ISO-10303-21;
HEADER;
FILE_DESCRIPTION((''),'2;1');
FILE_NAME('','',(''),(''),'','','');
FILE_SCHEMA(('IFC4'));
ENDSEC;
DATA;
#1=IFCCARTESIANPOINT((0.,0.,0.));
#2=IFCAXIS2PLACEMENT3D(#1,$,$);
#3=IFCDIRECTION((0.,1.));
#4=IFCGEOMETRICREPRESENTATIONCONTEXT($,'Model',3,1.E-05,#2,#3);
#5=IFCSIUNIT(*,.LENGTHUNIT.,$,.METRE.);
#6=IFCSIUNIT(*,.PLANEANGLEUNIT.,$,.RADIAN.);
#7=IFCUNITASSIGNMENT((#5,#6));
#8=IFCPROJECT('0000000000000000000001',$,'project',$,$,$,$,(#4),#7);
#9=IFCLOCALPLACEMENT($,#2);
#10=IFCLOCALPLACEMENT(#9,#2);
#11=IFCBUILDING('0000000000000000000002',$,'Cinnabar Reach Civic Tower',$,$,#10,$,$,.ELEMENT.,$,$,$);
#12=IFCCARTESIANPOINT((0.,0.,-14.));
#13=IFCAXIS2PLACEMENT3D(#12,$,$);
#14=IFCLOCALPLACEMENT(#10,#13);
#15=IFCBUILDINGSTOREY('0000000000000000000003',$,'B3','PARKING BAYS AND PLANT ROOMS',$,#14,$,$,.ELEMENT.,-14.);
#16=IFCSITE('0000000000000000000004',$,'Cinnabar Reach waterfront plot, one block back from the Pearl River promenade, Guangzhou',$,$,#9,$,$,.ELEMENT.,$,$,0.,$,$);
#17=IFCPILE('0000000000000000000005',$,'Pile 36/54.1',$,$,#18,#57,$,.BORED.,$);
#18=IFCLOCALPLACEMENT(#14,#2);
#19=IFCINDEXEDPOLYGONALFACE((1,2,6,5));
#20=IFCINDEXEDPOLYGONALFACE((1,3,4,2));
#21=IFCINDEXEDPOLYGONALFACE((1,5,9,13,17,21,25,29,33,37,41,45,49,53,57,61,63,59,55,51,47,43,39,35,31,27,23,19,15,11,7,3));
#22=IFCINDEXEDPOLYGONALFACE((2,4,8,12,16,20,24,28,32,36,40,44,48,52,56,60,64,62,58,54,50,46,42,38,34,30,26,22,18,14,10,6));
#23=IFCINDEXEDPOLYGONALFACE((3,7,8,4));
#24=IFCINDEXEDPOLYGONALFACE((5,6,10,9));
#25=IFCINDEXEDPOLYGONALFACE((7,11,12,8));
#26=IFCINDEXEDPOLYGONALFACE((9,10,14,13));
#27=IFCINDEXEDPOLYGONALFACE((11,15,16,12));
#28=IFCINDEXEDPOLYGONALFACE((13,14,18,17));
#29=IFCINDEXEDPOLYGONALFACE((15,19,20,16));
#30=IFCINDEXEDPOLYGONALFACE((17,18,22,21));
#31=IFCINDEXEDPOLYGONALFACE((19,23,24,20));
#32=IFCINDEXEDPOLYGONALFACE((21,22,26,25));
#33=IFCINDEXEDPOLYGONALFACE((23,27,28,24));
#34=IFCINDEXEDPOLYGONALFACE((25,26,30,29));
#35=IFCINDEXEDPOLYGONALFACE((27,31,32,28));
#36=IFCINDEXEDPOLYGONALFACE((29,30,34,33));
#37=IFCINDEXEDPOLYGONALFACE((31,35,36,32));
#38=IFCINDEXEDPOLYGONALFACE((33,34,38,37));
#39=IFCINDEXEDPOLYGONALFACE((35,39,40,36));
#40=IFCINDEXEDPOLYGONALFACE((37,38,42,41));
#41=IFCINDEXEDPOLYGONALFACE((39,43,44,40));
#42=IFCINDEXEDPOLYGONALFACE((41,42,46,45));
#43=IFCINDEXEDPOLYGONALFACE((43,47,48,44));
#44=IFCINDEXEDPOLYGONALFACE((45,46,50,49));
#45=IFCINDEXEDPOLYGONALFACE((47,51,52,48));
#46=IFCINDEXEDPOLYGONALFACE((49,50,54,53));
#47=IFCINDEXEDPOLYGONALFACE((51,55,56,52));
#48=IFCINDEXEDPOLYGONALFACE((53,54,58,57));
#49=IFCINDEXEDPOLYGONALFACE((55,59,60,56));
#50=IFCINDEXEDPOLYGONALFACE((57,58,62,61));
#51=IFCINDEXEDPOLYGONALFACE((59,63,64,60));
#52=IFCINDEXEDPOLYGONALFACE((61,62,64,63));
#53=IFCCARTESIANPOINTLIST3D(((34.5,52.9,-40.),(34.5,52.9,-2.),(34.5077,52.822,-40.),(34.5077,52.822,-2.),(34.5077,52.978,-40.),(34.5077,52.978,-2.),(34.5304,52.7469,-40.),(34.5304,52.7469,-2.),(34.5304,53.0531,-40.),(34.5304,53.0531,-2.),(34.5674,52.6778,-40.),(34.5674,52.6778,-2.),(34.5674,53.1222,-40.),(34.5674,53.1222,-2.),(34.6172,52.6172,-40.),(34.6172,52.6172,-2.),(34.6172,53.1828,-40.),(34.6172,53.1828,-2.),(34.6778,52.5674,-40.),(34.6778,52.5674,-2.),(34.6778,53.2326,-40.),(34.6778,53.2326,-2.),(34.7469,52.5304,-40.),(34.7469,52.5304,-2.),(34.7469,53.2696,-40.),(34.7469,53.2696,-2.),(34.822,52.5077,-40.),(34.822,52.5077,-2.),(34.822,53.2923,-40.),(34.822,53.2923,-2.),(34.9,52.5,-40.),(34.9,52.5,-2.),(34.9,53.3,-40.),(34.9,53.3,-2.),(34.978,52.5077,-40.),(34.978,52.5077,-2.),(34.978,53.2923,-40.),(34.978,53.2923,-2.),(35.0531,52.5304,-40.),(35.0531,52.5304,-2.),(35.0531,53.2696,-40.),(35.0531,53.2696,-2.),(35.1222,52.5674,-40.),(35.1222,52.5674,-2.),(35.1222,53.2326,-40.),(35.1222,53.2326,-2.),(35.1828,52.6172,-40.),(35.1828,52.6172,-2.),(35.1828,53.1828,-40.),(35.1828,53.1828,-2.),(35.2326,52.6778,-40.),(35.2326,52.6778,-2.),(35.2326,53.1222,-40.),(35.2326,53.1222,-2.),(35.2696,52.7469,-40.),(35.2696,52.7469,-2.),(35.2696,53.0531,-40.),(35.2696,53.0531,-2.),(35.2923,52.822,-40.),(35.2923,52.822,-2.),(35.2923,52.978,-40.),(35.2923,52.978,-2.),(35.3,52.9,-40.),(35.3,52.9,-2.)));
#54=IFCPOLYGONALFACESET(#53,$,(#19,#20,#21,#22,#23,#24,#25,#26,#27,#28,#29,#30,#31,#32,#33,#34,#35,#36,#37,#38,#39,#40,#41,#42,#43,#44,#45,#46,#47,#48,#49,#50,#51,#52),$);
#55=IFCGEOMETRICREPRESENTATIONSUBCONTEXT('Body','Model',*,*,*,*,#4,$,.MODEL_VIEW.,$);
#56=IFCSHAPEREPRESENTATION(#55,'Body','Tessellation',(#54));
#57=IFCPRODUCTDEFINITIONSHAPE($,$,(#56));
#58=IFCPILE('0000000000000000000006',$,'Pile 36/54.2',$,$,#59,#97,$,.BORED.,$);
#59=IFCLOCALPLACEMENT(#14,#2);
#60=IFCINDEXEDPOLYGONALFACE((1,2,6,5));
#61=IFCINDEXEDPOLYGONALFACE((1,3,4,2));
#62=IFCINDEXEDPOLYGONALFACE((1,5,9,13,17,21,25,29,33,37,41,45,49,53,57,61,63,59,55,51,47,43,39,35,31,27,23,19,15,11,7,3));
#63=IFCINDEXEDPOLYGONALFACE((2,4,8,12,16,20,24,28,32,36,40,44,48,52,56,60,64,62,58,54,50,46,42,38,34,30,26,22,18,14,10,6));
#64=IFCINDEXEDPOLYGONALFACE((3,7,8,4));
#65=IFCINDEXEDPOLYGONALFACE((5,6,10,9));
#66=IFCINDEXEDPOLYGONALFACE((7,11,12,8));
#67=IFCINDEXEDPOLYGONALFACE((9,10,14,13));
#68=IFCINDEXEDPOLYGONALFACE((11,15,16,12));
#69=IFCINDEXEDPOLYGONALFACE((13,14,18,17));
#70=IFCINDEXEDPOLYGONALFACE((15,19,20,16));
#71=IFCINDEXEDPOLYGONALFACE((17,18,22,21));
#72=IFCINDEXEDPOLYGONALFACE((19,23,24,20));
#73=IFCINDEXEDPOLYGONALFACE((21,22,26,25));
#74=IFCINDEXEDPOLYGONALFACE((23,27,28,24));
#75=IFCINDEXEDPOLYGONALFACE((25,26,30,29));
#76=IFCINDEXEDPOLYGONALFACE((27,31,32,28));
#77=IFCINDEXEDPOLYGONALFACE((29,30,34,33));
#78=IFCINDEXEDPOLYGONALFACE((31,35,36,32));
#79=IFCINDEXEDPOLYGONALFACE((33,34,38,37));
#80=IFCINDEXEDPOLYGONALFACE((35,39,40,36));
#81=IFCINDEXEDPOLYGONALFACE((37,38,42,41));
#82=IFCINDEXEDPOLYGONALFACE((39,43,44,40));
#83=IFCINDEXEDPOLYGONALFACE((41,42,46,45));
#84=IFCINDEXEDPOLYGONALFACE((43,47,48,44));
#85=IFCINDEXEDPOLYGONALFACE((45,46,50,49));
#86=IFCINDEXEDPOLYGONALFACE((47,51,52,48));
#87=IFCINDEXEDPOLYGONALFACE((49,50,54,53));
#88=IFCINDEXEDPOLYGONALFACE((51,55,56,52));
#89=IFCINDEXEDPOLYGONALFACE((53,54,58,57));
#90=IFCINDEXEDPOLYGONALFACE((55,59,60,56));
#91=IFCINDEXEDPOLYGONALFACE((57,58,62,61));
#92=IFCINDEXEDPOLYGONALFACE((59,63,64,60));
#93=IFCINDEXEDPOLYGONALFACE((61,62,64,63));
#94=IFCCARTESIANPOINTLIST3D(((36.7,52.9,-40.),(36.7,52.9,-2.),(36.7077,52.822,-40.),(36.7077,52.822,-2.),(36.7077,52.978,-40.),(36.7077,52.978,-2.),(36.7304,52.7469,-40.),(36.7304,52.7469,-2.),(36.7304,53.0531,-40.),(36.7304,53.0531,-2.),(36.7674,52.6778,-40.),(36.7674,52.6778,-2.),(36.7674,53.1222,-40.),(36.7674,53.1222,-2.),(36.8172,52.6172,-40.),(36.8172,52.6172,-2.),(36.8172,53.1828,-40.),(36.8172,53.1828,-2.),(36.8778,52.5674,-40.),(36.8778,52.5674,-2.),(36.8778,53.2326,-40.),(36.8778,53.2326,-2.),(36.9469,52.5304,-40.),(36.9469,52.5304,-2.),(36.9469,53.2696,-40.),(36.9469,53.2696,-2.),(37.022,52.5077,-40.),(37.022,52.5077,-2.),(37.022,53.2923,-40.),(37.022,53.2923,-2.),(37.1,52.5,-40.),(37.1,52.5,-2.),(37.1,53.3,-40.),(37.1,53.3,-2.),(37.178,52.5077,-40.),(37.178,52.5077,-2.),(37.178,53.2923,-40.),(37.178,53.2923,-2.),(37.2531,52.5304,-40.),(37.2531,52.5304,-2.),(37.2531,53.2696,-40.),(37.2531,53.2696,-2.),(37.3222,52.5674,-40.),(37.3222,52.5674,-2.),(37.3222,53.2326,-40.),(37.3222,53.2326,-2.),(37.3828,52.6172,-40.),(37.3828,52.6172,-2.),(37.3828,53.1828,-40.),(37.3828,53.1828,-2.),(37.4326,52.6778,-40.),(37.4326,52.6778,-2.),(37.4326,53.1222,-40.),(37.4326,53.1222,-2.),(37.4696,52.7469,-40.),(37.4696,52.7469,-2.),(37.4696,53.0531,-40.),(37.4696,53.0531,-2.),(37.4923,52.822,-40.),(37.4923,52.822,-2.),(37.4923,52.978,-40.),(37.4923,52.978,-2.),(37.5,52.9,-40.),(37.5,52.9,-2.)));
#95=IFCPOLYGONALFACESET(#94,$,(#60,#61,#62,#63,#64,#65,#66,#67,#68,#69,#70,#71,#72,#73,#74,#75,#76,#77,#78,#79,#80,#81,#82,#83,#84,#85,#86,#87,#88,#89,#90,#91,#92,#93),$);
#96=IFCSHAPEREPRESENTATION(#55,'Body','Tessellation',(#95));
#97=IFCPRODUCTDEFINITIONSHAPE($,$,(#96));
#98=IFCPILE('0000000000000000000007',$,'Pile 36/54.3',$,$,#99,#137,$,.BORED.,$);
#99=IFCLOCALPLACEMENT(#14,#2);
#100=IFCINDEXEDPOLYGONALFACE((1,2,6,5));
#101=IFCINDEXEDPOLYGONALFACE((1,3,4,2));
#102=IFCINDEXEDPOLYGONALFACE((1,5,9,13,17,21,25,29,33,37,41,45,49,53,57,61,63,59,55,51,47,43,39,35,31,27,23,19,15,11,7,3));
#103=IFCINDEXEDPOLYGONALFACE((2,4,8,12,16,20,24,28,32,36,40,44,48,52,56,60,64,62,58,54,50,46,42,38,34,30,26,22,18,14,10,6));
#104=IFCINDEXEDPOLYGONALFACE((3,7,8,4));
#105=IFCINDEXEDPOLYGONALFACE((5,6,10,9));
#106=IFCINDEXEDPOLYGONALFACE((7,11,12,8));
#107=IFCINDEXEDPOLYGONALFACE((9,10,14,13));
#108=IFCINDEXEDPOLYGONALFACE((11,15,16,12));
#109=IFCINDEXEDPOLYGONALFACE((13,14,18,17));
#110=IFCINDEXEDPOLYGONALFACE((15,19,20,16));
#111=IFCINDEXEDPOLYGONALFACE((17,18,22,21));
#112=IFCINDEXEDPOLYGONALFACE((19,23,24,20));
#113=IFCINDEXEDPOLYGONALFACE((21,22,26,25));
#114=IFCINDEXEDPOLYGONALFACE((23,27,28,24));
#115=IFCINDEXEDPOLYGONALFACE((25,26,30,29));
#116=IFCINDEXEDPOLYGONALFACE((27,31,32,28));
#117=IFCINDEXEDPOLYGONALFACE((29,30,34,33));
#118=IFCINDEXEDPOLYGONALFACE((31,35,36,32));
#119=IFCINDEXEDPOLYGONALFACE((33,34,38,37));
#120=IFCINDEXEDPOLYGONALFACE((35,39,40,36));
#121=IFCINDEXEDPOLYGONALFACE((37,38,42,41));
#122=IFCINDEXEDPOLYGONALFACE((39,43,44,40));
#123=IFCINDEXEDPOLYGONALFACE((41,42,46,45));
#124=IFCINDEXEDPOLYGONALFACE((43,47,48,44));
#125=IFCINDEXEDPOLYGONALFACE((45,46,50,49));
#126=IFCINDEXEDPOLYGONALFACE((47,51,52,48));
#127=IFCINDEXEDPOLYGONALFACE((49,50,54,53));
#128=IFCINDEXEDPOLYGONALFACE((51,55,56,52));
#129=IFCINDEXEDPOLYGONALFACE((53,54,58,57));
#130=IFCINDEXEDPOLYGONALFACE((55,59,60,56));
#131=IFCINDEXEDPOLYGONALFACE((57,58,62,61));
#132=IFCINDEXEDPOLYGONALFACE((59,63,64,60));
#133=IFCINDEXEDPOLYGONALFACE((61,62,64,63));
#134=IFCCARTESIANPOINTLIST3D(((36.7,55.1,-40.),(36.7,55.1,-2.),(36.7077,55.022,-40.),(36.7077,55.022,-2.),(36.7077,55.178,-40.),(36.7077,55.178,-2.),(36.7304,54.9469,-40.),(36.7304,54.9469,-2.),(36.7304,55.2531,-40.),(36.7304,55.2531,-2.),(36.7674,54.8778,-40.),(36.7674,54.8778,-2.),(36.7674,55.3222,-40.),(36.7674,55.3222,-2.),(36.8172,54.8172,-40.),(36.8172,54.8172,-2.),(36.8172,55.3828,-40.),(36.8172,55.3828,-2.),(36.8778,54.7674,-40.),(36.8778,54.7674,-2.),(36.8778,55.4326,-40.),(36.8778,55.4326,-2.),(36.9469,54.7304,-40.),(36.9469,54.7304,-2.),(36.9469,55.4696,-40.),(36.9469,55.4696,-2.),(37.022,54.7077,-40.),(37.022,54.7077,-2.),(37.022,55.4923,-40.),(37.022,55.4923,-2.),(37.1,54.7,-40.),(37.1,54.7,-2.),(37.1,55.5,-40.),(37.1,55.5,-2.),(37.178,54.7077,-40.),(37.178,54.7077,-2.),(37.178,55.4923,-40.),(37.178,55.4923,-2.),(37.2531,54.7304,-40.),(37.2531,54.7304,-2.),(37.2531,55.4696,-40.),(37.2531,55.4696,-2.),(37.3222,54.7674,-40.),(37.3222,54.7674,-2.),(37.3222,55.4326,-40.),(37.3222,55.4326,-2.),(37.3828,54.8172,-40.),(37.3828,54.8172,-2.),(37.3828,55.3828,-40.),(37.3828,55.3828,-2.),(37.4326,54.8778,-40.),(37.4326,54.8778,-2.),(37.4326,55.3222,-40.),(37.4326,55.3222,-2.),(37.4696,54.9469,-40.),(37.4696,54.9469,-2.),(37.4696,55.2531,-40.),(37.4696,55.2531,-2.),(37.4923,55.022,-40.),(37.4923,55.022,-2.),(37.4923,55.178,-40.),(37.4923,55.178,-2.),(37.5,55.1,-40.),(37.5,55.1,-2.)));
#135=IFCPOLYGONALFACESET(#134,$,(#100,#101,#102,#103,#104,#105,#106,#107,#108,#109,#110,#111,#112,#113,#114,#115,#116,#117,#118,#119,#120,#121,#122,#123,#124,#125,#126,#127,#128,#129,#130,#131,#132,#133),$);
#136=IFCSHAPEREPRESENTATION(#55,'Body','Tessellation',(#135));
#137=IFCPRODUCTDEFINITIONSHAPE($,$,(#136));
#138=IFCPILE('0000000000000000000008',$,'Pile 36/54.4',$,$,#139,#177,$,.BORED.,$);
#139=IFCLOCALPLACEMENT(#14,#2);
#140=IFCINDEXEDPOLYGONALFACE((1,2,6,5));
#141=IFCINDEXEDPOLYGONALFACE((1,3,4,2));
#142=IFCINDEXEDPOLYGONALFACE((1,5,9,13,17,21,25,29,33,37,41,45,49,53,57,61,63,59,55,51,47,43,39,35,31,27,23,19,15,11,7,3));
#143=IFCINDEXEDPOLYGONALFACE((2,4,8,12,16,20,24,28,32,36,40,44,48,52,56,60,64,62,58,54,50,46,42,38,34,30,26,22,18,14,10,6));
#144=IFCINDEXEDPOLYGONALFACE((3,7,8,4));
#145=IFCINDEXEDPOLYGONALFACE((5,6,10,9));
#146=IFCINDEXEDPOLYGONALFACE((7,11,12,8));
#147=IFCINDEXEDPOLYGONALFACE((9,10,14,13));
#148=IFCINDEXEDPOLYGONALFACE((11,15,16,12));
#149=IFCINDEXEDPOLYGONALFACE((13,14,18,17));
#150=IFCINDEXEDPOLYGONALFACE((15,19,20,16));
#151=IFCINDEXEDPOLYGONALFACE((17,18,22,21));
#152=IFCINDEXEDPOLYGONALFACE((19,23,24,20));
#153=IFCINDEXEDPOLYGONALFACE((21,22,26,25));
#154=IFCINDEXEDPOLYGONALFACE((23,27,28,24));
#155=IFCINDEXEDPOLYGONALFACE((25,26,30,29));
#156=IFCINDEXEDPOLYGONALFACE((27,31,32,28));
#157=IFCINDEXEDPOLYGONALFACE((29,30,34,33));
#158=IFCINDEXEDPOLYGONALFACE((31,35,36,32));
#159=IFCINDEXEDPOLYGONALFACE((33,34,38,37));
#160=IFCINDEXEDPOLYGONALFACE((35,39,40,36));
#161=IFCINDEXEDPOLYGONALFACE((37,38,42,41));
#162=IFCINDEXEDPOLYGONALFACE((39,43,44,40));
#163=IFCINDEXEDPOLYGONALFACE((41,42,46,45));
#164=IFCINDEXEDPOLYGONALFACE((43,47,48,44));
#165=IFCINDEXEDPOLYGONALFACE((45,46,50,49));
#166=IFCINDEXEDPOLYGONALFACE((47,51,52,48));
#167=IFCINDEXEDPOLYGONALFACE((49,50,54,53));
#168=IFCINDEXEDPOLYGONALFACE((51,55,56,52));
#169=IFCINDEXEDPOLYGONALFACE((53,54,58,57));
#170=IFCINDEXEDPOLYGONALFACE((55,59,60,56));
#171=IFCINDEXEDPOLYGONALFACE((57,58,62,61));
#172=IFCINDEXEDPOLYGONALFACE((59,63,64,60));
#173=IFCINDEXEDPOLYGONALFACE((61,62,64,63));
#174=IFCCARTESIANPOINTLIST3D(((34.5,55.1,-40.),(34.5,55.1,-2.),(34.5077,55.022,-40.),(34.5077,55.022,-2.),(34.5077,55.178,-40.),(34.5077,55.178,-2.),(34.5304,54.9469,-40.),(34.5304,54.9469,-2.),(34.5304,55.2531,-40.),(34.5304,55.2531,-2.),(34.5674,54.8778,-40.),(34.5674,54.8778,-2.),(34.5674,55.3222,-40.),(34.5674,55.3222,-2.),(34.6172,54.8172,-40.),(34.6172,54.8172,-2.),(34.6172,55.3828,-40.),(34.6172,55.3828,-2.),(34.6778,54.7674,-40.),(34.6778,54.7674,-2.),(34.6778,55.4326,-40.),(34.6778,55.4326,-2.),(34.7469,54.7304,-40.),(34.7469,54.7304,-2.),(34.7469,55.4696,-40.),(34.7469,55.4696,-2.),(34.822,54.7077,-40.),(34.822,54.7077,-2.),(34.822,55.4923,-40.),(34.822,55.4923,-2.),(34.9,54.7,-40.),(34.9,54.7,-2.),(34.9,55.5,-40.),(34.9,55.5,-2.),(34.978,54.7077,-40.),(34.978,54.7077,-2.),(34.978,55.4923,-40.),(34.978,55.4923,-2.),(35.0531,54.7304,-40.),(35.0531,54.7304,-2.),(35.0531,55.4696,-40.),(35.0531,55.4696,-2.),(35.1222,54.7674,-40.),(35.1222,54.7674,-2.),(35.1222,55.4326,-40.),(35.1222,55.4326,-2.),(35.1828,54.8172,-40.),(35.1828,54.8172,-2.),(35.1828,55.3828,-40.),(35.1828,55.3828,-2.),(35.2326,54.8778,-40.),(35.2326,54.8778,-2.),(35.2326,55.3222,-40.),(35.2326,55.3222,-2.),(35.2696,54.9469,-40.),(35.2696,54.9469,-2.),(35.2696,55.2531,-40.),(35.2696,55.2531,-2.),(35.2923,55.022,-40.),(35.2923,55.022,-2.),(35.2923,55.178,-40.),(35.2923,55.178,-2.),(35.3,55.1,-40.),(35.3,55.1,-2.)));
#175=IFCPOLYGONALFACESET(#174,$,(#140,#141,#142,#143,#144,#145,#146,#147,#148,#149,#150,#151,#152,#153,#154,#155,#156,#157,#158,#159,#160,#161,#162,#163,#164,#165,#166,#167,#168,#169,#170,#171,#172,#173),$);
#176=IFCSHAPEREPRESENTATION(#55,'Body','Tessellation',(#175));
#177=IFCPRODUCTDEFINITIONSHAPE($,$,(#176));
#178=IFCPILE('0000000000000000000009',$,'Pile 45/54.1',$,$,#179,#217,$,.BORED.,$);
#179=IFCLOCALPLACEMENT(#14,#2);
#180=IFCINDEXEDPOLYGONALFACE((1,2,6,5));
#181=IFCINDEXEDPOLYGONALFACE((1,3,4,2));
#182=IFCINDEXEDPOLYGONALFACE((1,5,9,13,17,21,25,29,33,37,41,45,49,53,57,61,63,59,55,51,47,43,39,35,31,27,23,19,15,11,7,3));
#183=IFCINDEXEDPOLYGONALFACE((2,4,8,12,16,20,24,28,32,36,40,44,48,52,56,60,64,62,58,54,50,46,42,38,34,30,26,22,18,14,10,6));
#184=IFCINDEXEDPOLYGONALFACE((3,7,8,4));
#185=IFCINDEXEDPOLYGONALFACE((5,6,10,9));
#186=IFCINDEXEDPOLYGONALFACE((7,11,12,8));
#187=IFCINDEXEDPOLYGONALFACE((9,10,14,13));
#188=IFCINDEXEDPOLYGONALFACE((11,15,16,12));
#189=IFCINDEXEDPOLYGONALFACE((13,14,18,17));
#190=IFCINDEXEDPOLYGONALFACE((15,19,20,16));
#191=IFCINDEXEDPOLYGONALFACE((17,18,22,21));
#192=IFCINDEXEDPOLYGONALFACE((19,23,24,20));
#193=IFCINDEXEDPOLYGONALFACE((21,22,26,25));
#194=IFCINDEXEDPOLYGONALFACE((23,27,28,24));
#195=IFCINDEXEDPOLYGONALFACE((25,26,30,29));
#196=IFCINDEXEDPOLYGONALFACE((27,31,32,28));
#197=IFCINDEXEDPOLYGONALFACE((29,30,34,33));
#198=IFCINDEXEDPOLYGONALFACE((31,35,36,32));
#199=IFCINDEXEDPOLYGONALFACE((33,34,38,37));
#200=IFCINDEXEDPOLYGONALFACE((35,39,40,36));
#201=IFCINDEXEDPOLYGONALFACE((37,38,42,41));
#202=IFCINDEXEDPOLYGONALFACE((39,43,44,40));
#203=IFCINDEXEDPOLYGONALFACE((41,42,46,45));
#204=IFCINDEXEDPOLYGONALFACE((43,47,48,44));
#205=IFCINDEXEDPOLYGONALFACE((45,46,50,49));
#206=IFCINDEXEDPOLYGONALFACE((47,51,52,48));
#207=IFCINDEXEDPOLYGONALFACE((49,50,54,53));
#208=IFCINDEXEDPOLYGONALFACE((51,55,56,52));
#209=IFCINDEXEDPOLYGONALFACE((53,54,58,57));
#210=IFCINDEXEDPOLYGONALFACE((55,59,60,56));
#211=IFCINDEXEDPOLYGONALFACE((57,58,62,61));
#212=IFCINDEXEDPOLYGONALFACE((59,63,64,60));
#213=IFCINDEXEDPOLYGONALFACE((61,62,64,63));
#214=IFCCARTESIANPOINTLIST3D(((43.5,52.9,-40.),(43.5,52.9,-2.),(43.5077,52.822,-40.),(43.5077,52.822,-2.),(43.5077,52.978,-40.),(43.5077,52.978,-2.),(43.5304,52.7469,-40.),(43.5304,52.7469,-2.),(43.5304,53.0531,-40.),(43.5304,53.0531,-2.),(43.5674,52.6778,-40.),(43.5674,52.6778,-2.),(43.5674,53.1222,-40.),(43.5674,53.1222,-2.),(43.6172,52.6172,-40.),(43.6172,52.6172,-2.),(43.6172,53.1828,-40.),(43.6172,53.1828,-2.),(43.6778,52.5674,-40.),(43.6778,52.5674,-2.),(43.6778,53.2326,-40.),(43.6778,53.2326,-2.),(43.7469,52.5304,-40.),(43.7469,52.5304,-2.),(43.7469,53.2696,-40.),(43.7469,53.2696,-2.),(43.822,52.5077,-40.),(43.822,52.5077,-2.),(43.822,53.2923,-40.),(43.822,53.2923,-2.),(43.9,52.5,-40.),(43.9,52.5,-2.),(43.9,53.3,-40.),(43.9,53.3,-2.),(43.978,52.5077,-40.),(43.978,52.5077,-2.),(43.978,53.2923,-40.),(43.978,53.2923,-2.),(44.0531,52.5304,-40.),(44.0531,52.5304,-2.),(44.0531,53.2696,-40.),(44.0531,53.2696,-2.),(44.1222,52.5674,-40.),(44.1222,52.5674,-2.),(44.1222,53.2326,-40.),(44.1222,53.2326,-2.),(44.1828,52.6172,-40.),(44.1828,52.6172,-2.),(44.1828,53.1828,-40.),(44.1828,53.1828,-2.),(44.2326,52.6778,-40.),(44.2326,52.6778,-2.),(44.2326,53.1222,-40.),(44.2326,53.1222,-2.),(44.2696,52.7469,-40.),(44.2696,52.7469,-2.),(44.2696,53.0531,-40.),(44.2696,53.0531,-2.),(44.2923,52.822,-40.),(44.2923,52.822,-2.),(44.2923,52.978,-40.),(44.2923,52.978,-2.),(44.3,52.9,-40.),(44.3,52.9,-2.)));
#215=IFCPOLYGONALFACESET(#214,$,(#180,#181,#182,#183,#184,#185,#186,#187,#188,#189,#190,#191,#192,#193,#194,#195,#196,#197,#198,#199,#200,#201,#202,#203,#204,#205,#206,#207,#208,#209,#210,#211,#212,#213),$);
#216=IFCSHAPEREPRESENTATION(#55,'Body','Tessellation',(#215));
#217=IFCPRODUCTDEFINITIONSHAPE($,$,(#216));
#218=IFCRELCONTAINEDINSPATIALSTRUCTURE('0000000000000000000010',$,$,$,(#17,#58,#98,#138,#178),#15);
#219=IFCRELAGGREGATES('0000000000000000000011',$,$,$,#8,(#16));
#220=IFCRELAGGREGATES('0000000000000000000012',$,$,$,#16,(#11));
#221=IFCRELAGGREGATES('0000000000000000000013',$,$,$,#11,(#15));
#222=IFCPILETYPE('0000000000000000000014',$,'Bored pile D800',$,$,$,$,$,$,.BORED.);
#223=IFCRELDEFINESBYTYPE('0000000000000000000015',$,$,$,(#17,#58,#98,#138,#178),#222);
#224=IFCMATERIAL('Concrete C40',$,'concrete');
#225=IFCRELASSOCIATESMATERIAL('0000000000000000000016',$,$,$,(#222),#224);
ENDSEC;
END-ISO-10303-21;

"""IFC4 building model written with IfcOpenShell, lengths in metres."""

from ifc_helpers import new_model, si_unit, direction, frame, origin, origin_2d, place, context, subcontext, project, spatial, circle, extrude, material, type_object, element, save


model = new_model("IFC4")

# Units and contexts
model_context = context("Model", 3, precision=1e-05, world=origin(), true_north=direction((0.0, 1.0)))
body_context = subcontext(model_context, "Body", "Model", "MODEL_VIEW")
ifc_project = project(units=[si_unit("LENGTHUNIT", "METRE"), si_unit("PLANEANGLEUNIT", "RADIAN")], contexts=[model_context])

# Site, building, storey
site_placement = place(None, origin())
site = spatial("IfcSite", under=ifc_project, at=site_placement, Name="Cinnabar Reach waterfront plot, one block back from the Pearl River promenade, Guangzhou", CompositionType="ELEMENT", RefElevation=0.0)
building_placement = place(site_placement, origin())
building = spatial("IfcBuilding", under=site, at=building_placement, Name="Cinnabar Reach Civic Tower", CompositionType="ELEMENT")
storey_placement = place(building_placement, frame((0.0, 0.0, -14.0)))
storey = spatial("IfcBuildingStorey", under=building, at=storey_placement, Name="B3", Description="PARKING BAYS AND PLANT ROOMS", CompositionType="ELEMENT", Elevation=-14.0)

# Piles
ifc_material_1 = material(Name="Concrete C40", Category="concrete")
pile_type = type_object("IfcPileType", Name="Bored pile D800", PredefinedType="BORED", material=ifc_material_1)
for number, where, z_axis, x_axis, name in (
    (1, (34.9, 52.9, -2.0), (0.0, 0.0, -1.0), (1.0, 0.0, 0.0), "Pile 36/54.1"),
    (2, (37.1, 52.9, -2.0), (0.0, 0.0, -1.0), (1.0, 0.0, 0.0), "Pile 36/54.2"),
    (3, (37.1, 55.1, -2.0), (0.0, 0.0, -1.0), (1.0, 0.0, 0.0), "Pile 36/54.3"),
    (4, (34.9, 55.1, -2.0), (0.0, 0.0, -1.0), (1.0, 0.0, 0.0), "Pile 36/54.4"),
    (5, (43.9, 52.9, -2.0), (0.0, 0.0, -1.0), (1.0, 0.0, 0.0), "Pile 45/54.1"),
):
    element("IfcPile", number, at=place(storey_placement, frame(where, z_axis=z_axis, x_axis=x_axis)), inside=storey, type_object=pile_type, Name=name, PredefinedType="BORED", context=body_context, shape_type="SweptSolid", body=[
        extrude(circle(Radius=0.4, at=origin_2d()), origin(), (0.0, 0.0, 1.0), 38.0),
    ])

save(model, "model.ifc")
